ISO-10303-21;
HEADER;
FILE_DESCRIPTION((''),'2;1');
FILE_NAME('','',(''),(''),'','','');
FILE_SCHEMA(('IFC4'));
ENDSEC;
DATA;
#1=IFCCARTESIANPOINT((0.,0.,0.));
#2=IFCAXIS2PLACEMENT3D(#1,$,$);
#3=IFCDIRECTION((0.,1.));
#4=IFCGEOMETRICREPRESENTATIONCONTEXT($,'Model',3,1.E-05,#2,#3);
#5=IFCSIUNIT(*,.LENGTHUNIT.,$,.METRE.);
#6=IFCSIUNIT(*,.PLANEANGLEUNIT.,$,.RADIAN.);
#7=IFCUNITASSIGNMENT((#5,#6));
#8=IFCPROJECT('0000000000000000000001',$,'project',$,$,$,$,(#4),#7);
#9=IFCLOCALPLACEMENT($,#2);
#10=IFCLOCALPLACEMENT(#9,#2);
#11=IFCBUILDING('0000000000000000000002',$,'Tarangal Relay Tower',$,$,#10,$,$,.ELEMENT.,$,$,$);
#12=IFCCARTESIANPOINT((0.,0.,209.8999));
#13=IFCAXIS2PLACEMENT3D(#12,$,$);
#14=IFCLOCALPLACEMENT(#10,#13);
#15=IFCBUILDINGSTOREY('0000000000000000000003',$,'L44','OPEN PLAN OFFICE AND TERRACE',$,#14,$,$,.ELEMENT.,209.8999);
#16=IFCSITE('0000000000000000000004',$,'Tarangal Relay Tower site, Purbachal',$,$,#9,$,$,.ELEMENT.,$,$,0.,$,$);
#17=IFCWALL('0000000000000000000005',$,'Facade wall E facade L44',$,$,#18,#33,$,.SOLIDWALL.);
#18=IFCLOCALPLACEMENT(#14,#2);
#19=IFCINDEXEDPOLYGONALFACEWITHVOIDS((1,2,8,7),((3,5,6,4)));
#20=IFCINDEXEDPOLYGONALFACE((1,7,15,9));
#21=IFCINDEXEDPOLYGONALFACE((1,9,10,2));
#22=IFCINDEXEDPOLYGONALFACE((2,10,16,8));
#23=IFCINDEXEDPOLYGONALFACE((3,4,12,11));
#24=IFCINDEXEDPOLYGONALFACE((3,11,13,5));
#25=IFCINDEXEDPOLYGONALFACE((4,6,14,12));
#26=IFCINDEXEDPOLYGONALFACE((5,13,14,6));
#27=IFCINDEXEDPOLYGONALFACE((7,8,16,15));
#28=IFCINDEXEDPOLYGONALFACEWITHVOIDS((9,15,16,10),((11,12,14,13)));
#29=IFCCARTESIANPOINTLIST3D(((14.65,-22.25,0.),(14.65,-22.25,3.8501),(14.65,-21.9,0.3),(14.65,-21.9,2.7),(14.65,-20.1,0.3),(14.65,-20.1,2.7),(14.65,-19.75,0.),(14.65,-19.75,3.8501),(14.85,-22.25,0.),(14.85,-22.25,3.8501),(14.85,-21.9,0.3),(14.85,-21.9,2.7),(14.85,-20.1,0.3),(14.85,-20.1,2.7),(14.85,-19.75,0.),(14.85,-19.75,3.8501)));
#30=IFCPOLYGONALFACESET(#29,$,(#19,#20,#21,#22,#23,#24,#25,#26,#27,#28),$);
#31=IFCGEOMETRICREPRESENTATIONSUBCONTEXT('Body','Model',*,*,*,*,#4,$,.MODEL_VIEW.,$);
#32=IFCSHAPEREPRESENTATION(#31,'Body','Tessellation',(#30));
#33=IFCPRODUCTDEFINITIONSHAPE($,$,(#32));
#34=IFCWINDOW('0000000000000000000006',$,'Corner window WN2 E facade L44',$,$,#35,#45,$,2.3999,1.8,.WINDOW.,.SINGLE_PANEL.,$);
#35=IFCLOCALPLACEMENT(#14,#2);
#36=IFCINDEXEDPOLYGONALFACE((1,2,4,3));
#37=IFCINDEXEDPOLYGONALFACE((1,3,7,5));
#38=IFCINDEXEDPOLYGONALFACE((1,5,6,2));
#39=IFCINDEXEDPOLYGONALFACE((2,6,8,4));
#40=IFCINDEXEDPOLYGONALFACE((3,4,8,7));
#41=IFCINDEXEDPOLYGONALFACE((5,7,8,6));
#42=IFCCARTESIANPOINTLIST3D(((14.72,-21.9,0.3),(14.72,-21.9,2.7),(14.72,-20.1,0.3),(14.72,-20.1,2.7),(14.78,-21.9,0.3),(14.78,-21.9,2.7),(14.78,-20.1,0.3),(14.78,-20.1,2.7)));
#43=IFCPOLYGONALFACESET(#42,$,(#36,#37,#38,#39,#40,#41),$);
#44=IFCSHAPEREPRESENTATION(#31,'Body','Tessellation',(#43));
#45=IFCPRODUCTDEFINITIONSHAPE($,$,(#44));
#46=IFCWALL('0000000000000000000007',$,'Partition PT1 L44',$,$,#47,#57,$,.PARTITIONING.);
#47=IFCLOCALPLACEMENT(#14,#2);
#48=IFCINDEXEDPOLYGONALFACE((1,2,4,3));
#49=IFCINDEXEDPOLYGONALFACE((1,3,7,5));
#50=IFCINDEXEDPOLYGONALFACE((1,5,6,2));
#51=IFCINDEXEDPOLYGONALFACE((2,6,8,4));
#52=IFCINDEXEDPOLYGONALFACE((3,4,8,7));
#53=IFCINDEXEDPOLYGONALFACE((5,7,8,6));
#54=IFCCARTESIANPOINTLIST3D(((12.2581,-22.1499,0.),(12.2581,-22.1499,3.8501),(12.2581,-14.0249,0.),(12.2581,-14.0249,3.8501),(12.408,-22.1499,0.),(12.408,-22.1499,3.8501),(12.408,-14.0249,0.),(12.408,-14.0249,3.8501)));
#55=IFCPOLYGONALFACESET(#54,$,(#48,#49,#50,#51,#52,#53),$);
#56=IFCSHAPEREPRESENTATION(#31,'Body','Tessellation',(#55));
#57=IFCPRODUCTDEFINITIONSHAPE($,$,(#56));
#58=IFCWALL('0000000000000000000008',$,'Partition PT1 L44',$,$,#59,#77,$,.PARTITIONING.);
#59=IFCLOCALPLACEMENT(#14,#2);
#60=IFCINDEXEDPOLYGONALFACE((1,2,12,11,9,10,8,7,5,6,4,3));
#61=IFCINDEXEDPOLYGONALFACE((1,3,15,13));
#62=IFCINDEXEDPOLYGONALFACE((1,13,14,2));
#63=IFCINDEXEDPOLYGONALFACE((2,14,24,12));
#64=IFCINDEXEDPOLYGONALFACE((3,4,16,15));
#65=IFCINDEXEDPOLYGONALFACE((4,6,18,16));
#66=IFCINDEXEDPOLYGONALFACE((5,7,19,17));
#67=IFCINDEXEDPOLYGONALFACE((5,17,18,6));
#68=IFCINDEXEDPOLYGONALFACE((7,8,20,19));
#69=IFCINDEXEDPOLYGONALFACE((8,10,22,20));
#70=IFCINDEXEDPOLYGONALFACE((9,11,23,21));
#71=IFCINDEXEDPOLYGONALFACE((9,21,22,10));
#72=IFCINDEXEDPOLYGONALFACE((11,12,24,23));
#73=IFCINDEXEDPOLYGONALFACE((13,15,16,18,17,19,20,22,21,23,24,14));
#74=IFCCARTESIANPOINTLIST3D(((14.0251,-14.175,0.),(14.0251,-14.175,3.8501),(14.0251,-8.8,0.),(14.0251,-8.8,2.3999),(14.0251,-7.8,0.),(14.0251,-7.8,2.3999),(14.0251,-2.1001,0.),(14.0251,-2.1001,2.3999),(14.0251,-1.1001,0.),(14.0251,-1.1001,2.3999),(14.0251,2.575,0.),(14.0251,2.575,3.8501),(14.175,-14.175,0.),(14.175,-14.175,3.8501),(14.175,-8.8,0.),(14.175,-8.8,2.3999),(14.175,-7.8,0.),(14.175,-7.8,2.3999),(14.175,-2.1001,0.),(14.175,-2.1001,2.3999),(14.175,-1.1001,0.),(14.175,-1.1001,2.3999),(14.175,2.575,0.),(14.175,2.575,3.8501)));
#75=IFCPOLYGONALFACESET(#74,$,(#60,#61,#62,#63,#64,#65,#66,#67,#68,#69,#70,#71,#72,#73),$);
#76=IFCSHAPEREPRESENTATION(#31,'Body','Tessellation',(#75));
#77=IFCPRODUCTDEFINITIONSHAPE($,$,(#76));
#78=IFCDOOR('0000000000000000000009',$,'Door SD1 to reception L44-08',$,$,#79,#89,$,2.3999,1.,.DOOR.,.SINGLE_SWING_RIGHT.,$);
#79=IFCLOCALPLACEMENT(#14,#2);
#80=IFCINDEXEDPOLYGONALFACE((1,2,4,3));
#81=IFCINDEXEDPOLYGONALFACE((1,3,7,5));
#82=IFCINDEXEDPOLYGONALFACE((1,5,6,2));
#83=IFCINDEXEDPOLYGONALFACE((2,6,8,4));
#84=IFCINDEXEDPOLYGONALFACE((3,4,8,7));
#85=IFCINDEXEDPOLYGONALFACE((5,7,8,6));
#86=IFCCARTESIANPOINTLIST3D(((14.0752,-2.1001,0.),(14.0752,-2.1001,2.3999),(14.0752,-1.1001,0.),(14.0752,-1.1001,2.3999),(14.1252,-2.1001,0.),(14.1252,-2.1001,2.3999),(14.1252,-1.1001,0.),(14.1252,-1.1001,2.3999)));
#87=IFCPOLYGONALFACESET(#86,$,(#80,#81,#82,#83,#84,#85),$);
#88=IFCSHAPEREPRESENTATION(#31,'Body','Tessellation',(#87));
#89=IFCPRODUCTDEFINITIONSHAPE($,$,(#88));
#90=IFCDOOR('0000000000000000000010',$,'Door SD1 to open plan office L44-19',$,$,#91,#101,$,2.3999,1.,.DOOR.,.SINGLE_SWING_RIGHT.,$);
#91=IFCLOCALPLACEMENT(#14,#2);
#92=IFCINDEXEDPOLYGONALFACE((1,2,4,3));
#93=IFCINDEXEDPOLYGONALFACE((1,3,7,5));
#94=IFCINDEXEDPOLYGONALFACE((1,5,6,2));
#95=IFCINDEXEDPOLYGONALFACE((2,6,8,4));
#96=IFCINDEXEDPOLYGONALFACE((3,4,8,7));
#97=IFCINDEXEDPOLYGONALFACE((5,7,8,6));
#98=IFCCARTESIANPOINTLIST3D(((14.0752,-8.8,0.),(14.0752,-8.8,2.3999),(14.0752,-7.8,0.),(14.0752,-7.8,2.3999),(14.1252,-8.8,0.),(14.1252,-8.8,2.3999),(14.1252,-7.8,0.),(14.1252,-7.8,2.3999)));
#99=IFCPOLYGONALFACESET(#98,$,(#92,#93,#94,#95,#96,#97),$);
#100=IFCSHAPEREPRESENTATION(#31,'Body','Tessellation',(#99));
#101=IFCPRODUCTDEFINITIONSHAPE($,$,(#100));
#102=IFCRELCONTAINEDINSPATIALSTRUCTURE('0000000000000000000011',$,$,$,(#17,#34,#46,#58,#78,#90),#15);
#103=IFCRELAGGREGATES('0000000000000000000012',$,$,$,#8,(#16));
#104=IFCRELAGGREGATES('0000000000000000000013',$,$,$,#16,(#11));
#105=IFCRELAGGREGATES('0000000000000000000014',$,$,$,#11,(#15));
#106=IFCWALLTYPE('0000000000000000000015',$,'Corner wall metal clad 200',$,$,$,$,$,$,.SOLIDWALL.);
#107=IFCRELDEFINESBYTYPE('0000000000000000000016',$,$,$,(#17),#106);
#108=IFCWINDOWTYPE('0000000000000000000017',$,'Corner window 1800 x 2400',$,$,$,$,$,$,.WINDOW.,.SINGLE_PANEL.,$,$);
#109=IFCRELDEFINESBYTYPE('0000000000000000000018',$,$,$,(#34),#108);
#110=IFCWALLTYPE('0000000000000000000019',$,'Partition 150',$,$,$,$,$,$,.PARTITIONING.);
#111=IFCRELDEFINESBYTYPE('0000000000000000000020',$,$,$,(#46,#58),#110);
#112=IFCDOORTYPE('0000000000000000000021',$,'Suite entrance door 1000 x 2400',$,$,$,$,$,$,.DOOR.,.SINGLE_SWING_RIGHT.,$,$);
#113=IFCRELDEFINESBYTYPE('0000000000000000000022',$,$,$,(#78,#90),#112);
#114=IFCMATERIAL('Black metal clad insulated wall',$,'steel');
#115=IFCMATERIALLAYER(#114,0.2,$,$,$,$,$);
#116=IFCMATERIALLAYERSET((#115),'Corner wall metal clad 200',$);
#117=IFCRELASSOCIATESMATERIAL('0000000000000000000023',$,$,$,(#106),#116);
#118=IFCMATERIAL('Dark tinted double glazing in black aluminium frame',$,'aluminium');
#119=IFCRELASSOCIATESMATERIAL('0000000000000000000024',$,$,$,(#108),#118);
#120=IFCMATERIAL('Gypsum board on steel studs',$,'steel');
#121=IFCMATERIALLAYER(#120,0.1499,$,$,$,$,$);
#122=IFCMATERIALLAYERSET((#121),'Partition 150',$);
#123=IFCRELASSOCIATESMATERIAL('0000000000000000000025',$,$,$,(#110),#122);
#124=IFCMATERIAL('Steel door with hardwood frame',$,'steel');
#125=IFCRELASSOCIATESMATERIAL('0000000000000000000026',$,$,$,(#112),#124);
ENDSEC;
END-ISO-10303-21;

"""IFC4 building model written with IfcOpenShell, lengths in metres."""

from ifc_helpers import new_model, si_unit, direction, frame, frame_2d, origin, place, context, subcontext, project, spatial, rectangle, extrude, material, layer, layer_set, type_object, element, fill, save


model = new_model("IFC4")

# Units and contexts
model_context = context("Model", 3, precision=1e-05, world=origin(), true_north=direction((0.0, 1.0)))
body_context = subcontext(model_context, "Body", "Model", "MODEL_VIEW")
ifc_project = project(units=[si_unit("LENGTHUNIT", "METRE"), si_unit("PLANEANGLEUNIT", "RADIAN")], contexts=[model_context])

# Site, building, storey
site_placement = place(None, origin())
site = spatial("IfcSite", under=ifc_project, at=site_placement, Name="Tarangal Relay Tower site, Purbachal", CompositionType="ELEMENT", RefElevation=0.0)
building_placement = place(site_placement, origin())
building = spatial("IfcBuilding", under=site, at=building_placement, Name="Tarangal Relay Tower", CompositionType="ELEMENT")
storey_placement = place(building_placement, frame((0.0, 0.0, 209.8999)))
storey = spatial("IfcBuildingStorey", under=building, at=storey_placement, Name="L44", Description="OPEN PLAN OFFICE AND TERRACE", CompositionType="ELEMENT", Elevation=209.8999)

# Shared definitions
ifc_material_1 = material(Name="Black metal clad insulated wall", Category="steel")
ifc_layer_1 = layer(ifc_material_1, 0.2)
ifc_layer_set_1 = layer_set([ifc_layer_1], Name="Corner wall metal clad 200")
wall_type_1 = type_object("IfcWallType", Name="Corner wall metal clad 200", PredefinedType="SOLIDWALL", material=ifc_layer_set_1)

# Shared definitions
ifc_material_2 = material(Name="Dark tinted double glazing in black aluminium frame", Category="aluminium")
window_type = type_object("IfcWindowType", Name="Corner window 1800 x 2400", PartitioningType="SINGLE_PANEL", PredefinedType="WINDOW", material=ifc_material_2)

# Wall, opening, window
wall_1_placement = place(storey_placement, frame((14.75, -19.75, 0.0), z_axis=(0.0, 0.0, 1.0), x_axis=(0.0, -1.0, 0.0)))
wall_1 = element("IfcWall", 1, at=wall_1_placement, inside=storey, type_object=wall_type_1, Name="Facade wall E facade L44", PredefinedType="SOLIDWALL", context=body_context, shape_type="SweptSolid", body=[
    extrude(rectangle(XDim=2.5, YDim=0.2, at=frame_2d((1.25, 0.0))), origin(), (0.0, 0.0, 1.0), 3.8501),
])
opening_1_placement = place(wall_1_placement, frame((0.3501, 0.0, 0.3)))
opening_1 = element("IfcOpeningElement", 2, at=opening_1_placement, cuts=wall_1, PredefinedType="OPENING", context=body_context, shape_type="SweptSolid", body=[
    extrude(rectangle(XDim=1.8, YDim=2.3999, at=frame_2d((0.8999, 1.2))), frame((0.0, 0.1099, 0.0), z_axis=(0.0, -1.0, 0.0), x_axis=(1.0, 0.0, 0.0)), (0.0, 0.0, 1.0), 0.22),
])
window_1_placement = place(opening_1_placement, origin())
window_1 = element("IfcWindow", 3, at=window_1_placement, inside=storey, type_object=window_type, Name="Corner window WN2 E facade L44", OverallHeight=2.3999, OverallWidth=1.8, PartitioningType="SINGLE_PANEL", PredefinedType="WINDOW", context=body_context, shape_type="SweptSolid", body=[
    extrude(rectangle(XDim=1.8, YDim=2.3999, at=frame_2d((0.8999, 1.2))), frame((0.0, 0.03, 0.0), z_axis=(0.0, -1.0, 0.0), x_axis=(1.0, 0.0, 0.0)), (0.0, 0.0, 1.0), 0.0601),
])
fill(opening_1, window_1)

# Wall
ifc_material_3 = material(Name="Gypsum board on steel studs", Category="steel")
ifc_layer_2 = layer(ifc_material_3, 0.1499)
ifc_layer_set_2 = layer_set([ifc_layer_2], Name="Partition 150")
wall_type_2 = type_object("IfcWallType", Name="Partition 150", PredefinedType="PARTITIONING", material=ifc_layer_set_2)
wall_2_placement = place(storey_placement, frame((12.333, -22.1499, 0.0), z_axis=(0.0, 0.0, 1.0), x_axis=(0.0, 1.0, 0.0)))
element("IfcWall", 4, at=wall_2_placement, inside=storey, type_object=wall_type_2, Name="Partition PT1 L44", PredefinedType="PARTITIONING", context=body_context, shape_type="SweptSolid", body=[
    extrude(rectangle(XDim=8.125, YDim=0.1499, at=frame_2d((4.0625, 0.0))), origin(), (0.0, 0.0, 1.0), 3.8501),
])

# Wall, openings, doors
wall_3_placement = place(storey_placement, frame((14.1001, -14.175, 0.0), z_axis=(0.0, 0.0, 1.0), x_axis=(0.0, 1.0, 0.0)))
wall_3 = element("IfcWall", 5, at=wall_3_placement, inside=storey, type_object=wall_type_2, Name="Partition PT1 L44", PredefinedType="PARTITIONING", context=body_context, shape_type="SweptSolid", body=[
    extrude(rectangle(XDim=16.75, YDim=0.1499, at=frame_2d((8.375, 0.0))), origin(), (0.0, 0.0, 1.0), 3.8501),
])
opening_2_placement = place(wall_3_placement, frame((12.075, 0.0, 0.0)))
opening_2 = element("IfcOpeningElement", 6, at=opening_2_placement, cuts=wall_3, PredefinedType="OPENING", context=body_context, shape_type="SweptSolid", body=[
    extrude(rectangle(XDim=1.0, YDim=2.3999, at=frame_2d((0.5, 1.2))), frame((0.0, 0.085, 0.0), z_axis=(0.0, -1.0, 0.0), x_axis=(1.0, 0.0, 0.0)), (0.0, 0.0, 1.0), 0.1699),
])
opening_3_placement = place(wall_3_placement, frame((5.375, 0.0, 0.0)))
opening_3 = element("IfcOpeningElement", 7, at=opening_3_placement, cuts=wall_3, PredefinedType="OPENING", context=body_context, shape_type="SweptSolid", body=[
    extrude(rectangle(XDim=1.0, YDim=2.3999, at=frame_2d((0.5, 1.2))), frame((0.0, 0.085, 0.0), z_axis=(0.0, -1.0, 0.0), x_axis=(1.0, 0.0, 0.0)), (0.0, 0.0, 1.0), 0.1699),
])
ifc_material_4 = material(Name="Steel door with hardwood frame", Category="steel")
door_type_1 = type_object("IfcDoorType", Name="Suite entrance door 1000 x 2400", OperationType="SINGLE_SWING_RIGHT", PredefinedType="DOOR", material=ifc_material_4)
door_1_placement = place(opening_2_placement, origin())
door_1 = element("IfcDoor", 8, at=door_1_placement, inside=storey, type_object=door_type_1, Name="Door SD1 to reception L44-08", OperationType="SINGLE_SWING_RIGHT", OverallHeight=2.3999, OverallWidth=1.0, PredefinedType="DOOR", context=body_context, shape_type="SweptSolid", body=[
    extrude(rectangle(XDim=1.0, YDim=2.3999, at=frame_2d((0.5, 1.2))), frame((0.0, 0.0249, 0.0), z_axis=(0.0, -1.0, 0.0), x_axis=(1.0, 0.0, 0.0)), (0.0, 0.0, 1.0), 0.05),
])
fill(opening_2, door_1)
door_2_placement = place(opening_3_placement, origin())
door_2 = element("IfcDoor", 9, at=door_2_placement, inside=storey, type_object=door_type_1, Name="Door SD1 to open plan office L44-19", OperationType="SINGLE_SWING_RIGHT", OverallHeight=2.3999, OverallWidth=1.0, PredefinedType="DOOR", context=body_context, shape_type="SweptSolid", body=[
    extrude(rectangle(XDim=1.0, YDim=2.3999, at=frame_2d((0.5, 1.2))), frame((0.0, 0.0249, 0.0), z_axis=(0.0, -1.0, 0.0), x_axis=(1.0, 0.0, 0.0)), (0.0, 0.0, 1.0), 0.05),
])
fill(opening_3, door_2)

save(model, "model.ifc")
